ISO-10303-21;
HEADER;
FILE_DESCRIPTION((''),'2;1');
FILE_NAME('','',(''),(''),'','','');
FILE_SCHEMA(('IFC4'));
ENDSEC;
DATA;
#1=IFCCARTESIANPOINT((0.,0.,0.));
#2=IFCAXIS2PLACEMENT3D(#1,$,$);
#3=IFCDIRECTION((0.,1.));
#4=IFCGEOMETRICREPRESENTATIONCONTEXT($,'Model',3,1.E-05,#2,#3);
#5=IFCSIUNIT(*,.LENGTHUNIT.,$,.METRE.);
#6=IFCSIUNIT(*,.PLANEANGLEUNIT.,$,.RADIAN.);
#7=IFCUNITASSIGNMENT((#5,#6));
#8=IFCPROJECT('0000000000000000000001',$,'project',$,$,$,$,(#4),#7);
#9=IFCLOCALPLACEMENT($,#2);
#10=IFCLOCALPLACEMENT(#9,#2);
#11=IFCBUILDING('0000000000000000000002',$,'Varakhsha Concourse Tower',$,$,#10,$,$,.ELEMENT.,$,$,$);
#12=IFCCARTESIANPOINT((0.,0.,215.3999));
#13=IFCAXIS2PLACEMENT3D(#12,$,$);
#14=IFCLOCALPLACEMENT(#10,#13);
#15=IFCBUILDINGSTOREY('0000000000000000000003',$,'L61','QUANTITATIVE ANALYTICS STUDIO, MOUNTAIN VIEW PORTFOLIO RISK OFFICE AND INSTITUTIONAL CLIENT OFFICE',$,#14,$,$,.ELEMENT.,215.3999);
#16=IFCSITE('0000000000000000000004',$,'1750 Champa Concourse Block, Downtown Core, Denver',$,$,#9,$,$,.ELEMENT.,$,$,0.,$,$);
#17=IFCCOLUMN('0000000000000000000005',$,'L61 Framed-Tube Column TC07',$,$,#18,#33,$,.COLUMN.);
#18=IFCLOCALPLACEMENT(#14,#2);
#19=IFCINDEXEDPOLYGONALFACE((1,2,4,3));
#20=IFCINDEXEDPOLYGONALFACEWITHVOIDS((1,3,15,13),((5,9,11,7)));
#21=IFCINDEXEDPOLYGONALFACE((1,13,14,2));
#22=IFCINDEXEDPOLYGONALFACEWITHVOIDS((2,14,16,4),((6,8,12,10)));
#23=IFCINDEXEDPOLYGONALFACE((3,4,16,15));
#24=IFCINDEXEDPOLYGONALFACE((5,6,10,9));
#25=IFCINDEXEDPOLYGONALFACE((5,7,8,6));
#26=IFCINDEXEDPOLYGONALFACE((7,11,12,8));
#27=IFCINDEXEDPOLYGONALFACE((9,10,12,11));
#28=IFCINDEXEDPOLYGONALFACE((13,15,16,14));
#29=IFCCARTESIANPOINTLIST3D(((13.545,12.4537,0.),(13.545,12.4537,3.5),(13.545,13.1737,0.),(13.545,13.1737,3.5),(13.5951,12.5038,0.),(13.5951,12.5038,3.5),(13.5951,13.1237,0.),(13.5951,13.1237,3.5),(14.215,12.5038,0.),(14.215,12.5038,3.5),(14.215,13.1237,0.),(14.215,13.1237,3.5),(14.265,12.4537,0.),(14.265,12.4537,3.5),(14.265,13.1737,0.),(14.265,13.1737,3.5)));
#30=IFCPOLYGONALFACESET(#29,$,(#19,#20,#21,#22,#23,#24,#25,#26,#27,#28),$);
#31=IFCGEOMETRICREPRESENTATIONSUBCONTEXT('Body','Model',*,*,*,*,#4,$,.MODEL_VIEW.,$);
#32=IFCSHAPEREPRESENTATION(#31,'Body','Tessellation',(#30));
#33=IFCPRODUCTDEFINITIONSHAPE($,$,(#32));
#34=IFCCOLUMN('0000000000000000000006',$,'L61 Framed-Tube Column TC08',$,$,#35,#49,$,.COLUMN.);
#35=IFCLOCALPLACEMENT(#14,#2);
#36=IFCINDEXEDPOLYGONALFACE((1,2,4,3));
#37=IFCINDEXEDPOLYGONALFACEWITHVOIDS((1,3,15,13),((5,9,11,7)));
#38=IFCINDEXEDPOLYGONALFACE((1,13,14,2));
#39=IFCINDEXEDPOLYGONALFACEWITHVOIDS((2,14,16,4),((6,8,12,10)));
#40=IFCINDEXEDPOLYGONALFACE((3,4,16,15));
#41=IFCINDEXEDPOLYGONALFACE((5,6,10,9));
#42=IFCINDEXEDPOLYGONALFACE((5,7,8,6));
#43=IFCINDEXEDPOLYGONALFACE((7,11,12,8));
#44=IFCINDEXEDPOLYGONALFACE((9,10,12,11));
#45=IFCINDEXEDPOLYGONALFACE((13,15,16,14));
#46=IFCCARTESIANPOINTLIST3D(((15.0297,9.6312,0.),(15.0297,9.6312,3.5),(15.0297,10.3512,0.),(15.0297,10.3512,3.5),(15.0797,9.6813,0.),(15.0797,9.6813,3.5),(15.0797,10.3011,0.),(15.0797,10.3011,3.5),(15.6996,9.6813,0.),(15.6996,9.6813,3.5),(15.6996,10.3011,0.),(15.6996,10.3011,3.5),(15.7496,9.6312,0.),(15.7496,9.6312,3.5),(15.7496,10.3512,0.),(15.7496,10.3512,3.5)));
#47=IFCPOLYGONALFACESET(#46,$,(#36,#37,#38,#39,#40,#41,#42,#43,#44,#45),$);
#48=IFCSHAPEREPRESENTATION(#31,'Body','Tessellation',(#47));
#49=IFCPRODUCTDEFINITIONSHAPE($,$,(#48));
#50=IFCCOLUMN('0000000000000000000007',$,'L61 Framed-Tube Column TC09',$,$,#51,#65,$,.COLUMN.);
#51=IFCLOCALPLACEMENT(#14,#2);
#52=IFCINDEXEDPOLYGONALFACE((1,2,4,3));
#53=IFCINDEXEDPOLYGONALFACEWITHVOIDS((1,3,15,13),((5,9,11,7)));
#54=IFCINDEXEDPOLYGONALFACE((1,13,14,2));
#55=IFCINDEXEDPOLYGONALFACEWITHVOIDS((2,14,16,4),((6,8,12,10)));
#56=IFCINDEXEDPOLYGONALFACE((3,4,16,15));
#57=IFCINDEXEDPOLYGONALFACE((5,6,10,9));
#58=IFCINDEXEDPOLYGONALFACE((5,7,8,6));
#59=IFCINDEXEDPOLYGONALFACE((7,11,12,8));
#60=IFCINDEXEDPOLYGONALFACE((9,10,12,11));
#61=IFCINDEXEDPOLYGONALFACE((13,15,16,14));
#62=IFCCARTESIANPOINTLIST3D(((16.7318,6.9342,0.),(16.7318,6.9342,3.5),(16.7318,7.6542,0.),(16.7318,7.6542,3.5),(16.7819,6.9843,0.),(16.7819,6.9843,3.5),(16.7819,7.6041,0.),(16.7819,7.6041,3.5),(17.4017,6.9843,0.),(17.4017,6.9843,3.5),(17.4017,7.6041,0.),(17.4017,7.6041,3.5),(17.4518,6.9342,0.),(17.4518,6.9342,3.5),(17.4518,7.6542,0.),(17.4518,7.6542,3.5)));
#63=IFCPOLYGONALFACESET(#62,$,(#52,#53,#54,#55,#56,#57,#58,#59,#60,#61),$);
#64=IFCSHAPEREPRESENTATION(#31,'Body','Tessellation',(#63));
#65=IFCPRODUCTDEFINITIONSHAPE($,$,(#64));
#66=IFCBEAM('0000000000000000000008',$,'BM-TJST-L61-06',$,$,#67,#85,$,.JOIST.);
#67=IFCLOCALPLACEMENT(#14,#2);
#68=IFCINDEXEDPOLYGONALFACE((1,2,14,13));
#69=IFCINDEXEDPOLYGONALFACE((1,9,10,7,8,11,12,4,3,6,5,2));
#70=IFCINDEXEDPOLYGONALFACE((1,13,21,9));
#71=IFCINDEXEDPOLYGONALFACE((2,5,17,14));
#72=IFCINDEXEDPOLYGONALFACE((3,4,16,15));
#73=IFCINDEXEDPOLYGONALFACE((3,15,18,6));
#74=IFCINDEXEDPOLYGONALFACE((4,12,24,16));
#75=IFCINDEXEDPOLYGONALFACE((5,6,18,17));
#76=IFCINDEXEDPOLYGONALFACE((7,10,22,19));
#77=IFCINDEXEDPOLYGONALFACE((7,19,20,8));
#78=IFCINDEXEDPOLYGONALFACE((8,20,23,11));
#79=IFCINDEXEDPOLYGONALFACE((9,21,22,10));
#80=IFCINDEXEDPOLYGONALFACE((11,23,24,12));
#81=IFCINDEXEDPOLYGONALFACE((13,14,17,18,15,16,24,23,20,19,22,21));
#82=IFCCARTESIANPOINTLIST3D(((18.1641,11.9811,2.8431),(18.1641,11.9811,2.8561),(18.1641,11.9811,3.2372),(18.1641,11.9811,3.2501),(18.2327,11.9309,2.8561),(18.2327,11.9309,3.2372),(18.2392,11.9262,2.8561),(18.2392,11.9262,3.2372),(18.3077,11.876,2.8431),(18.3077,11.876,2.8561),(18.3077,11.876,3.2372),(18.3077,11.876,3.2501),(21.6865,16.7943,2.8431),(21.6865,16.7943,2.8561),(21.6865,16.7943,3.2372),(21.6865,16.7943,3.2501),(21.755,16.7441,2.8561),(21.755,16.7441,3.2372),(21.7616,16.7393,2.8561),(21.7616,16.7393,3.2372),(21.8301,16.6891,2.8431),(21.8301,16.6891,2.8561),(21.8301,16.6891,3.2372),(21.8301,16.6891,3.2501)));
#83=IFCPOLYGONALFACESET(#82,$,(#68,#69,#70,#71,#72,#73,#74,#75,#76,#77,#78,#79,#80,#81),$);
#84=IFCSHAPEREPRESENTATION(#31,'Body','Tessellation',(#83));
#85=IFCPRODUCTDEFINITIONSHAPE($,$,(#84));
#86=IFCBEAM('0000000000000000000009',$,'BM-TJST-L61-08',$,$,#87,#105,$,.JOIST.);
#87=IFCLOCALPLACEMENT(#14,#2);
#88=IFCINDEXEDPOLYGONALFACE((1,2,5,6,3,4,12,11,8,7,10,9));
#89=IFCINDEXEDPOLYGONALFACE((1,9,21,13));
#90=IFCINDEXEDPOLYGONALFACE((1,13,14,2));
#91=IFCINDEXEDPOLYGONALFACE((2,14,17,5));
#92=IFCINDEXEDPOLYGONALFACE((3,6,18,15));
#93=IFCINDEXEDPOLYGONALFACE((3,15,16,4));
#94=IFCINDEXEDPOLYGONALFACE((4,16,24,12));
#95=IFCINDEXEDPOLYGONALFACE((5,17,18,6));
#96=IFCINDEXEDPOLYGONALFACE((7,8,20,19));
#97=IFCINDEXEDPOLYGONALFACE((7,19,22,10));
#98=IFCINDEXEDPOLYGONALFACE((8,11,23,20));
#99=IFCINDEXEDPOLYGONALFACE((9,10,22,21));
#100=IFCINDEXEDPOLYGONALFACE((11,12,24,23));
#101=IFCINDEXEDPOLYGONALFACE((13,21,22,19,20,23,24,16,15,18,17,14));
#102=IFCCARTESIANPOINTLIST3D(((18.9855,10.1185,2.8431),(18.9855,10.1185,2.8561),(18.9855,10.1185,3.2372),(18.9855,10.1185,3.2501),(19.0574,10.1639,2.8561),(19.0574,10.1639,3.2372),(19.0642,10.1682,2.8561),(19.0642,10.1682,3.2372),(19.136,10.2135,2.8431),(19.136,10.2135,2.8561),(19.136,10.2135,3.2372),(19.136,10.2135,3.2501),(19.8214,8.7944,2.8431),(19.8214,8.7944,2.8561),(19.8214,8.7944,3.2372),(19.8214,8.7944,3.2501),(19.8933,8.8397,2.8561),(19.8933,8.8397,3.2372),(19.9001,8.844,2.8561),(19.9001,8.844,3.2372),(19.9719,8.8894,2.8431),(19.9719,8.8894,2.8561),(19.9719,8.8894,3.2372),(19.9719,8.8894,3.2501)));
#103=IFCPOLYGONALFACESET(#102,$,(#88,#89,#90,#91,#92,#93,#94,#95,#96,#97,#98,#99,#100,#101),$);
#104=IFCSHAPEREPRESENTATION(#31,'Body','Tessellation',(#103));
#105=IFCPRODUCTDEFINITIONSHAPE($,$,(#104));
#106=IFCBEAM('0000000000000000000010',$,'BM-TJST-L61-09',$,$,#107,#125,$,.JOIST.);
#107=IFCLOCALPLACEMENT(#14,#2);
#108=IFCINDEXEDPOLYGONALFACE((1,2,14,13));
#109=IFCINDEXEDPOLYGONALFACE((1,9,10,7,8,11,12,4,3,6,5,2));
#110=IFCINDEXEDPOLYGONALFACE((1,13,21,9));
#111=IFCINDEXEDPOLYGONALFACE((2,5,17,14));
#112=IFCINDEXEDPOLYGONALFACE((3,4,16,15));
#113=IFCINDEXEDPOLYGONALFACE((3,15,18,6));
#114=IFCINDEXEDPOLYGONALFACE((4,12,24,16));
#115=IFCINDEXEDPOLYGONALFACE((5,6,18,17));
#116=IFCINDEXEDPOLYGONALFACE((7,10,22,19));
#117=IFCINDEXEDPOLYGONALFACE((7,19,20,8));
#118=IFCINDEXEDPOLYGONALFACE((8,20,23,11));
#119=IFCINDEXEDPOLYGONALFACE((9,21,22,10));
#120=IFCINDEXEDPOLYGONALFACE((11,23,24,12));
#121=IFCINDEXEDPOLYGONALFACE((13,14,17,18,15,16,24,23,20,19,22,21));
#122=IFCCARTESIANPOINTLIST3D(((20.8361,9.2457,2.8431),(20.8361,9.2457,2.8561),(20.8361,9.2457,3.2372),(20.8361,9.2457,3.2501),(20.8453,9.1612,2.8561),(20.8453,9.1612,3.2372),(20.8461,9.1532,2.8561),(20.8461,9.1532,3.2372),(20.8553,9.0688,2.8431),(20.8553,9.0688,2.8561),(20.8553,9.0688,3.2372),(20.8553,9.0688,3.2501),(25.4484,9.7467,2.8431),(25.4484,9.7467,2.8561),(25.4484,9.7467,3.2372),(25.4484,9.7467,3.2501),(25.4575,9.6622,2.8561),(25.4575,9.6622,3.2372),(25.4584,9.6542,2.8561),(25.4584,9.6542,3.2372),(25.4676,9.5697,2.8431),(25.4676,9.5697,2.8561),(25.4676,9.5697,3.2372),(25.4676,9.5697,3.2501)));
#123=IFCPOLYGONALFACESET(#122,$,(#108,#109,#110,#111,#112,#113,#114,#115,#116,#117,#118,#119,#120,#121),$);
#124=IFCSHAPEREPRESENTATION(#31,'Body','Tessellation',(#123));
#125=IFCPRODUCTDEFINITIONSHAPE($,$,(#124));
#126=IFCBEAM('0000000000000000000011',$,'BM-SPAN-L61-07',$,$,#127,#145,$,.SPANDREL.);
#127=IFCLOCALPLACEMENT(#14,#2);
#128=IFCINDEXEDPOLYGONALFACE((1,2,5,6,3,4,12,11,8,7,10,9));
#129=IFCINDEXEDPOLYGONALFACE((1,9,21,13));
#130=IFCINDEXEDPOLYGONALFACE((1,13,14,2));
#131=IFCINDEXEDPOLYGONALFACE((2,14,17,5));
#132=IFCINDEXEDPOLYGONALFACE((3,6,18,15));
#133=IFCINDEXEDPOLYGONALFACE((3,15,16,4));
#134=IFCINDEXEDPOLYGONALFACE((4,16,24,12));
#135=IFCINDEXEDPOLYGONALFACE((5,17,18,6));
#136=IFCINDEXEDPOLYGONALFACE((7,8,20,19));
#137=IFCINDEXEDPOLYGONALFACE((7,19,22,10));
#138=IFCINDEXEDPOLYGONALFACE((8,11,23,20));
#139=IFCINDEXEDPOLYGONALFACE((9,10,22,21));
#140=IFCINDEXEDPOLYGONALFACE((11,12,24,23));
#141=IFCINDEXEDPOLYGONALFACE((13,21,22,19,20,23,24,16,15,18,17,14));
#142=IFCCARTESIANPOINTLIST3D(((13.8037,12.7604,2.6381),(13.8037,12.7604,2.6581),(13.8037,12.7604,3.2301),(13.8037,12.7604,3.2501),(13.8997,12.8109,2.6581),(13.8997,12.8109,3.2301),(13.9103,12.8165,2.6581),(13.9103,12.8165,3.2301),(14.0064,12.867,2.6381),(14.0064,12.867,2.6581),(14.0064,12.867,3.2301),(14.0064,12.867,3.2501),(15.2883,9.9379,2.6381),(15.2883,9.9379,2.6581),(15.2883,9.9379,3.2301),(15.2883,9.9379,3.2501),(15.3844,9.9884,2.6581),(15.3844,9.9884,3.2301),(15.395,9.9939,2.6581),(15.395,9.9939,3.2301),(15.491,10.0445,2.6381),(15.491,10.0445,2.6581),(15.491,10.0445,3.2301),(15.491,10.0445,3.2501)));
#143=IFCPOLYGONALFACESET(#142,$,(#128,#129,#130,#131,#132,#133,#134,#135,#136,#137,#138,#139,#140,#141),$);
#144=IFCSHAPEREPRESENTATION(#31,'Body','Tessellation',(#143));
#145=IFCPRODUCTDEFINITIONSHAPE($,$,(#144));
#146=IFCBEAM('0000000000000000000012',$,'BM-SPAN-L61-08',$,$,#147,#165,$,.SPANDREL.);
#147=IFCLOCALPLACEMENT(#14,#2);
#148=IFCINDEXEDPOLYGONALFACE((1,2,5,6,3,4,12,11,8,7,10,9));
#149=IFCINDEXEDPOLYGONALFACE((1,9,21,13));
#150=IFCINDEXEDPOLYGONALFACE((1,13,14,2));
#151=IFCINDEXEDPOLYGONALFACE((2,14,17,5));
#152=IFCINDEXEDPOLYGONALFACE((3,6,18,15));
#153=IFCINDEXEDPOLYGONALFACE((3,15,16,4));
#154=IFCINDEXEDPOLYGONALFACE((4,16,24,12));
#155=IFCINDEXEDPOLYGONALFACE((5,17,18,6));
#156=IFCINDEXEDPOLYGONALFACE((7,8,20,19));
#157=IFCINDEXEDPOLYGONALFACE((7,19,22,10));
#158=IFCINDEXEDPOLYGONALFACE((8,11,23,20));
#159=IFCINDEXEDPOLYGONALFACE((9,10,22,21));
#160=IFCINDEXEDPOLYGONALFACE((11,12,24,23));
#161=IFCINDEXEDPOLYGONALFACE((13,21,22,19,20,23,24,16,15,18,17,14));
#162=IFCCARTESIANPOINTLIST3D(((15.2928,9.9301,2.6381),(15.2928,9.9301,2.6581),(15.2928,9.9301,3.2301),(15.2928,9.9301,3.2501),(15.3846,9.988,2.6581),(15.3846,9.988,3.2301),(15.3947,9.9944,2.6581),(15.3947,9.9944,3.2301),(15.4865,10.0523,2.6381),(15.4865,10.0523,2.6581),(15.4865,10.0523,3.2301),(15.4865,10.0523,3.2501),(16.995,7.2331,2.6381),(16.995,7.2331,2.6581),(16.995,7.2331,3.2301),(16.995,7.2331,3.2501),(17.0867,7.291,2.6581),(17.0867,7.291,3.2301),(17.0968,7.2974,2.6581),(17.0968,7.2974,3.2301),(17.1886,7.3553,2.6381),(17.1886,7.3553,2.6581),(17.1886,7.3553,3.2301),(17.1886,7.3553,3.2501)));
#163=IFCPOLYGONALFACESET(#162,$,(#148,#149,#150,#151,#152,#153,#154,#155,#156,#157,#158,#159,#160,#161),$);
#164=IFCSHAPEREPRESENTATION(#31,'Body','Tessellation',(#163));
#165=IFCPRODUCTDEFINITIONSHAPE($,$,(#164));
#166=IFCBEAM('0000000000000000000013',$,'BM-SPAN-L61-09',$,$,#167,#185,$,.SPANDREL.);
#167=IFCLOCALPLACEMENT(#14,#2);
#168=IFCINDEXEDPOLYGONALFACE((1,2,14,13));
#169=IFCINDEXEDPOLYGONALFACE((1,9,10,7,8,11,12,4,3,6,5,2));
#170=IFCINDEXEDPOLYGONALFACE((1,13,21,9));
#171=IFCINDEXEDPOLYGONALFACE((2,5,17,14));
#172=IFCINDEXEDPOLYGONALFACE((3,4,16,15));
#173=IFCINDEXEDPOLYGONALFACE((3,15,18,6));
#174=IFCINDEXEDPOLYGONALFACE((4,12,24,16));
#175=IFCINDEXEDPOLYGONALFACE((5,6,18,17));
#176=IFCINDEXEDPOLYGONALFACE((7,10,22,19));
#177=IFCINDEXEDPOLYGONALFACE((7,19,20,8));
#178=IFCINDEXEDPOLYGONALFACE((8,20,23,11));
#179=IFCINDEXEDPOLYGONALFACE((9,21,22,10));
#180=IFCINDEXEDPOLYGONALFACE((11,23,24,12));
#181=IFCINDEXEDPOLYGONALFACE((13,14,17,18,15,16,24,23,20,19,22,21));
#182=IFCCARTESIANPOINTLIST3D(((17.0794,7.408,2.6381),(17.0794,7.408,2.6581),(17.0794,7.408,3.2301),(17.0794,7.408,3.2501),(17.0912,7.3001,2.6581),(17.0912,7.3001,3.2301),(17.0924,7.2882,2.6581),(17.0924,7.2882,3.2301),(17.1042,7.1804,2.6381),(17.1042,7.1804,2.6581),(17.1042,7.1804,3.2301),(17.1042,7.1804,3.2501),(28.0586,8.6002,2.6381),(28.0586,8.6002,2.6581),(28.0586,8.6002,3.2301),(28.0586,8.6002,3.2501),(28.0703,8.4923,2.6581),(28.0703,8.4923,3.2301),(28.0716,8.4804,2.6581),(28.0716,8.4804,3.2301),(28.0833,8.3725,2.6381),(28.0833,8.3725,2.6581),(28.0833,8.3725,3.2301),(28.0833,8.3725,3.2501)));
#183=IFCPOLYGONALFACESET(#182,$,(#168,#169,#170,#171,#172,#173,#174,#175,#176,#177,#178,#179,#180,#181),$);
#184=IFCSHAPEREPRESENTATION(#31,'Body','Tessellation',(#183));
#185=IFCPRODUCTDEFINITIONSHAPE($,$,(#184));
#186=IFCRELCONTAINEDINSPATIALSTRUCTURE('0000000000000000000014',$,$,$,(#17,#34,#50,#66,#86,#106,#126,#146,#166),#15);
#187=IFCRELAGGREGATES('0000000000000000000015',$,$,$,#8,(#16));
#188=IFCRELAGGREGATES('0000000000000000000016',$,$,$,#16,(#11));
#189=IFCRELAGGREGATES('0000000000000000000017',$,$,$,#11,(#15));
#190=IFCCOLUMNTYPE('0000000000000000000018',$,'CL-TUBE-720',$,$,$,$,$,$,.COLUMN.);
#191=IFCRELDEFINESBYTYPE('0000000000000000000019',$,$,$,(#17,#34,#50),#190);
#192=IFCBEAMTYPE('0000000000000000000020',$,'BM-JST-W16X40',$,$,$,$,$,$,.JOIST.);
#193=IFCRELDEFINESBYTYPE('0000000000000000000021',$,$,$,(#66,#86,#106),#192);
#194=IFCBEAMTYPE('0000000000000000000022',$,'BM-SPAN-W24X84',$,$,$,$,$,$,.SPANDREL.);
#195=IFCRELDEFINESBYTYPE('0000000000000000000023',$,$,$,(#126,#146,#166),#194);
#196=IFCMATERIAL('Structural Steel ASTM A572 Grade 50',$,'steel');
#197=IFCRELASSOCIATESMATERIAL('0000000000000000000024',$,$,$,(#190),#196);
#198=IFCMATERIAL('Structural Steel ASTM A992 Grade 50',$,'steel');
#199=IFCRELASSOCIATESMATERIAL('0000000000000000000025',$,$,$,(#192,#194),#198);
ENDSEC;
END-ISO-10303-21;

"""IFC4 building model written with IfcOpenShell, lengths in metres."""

from ifc_helpers import new_model, si_unit, direction, frame, origin, origin_2d, place, context, subcontext, project, spatial, hollow_rectangle, i_section, extrude, material, material_profile, profile_set, type_object, element, save


model = new_model("IFC4")

# Units and contexts
model_context = context("Model", 3, precision=1e-05, world=origin(), true_north=direction((0.0, 1.0)))
body_context = subcontext(model_context, "Body", "Model", "MODEL_VIEW")
ifc_project = project(units=[si_unit("LENGTHUNIT", "METRE"), si_unit("PLANEANGLEUNIT", "RADIAN")], contexts=[model_context])

# Site, building, storey
site_placement = place(None, origin())
site = spatial("IfcSite", under=ifc_project, at=site_placement, Name="1750 Champa Concourse Block, Downtown Core, Denver", CompositionType="ELEMENT", RefElevation=0.0)
building_placement = place(site_placement, origin())
building = spatial("IfcBuilding", under=site, at=building_placement, Name="Varakhsha Concourse Tower", CompositionType="ELEMENT")
storey_placement = place(building_placement, frame((0.0, 0.0, 215.3999)))
storey = spatial("IfcBuildingStorey", under=building, at=storey_placement, Name="L61", Description="QUANTITATIVE ANALYTICS STUDIO, MOUNTAIN VIEW PORTFOLIO RISK OFFICE AND INSTITUTIONAL CLIENT OFFICE", CompositionType="ELEMENT", Elevation=215.3999)

# Columns
ifc_material_1 = material(Name="Structural Steel ASTM A572 Grade 50", Category="steel")
ifc_material_profile_1 = material_profile(ifc_material_1, hollow_rectangle(XDim=0.72, YDim=0.72, WallThickness=0.05, at=origin_2d()), Name="BOX 720x720x50")
ifc_profile_set_1 = profile_set([ifc_material_profile_1], Name="Structural Steel ASTM A572 Grade 50")
column_type = type_object("IfcColumnType", Name="CL-TUBE-720", PredefinedType="COLUMN", material=ifc_profile_set_1)
for number, where, z_axis, x_axis, name in (
    (1, (13.905, 12.8137, 0.0), (0.0, 0.0, 1.0), (1.0, 0.0, 0.0), "L61 Framed-Tube Column TC07"),
    (2, (15.3896, 9.9912, 0.0), (0.0, 0.0, 1.0), (1.0, 0.0, 0.0), "L61 Framed-Tube Column TC08"),
    (3, (17.0918, 7.2942, 0.0), (0.0, 0.0, 1.0), (1.0, 0.0, 0.0), "L61 Framed-Tube Column TC09"),
):
    element("IfcColumn", number, at=place(storey_placement, frame(where, z_axis=z_axis, x_axis=x_axis)), inside=storey, type_object=column_type, Name=name, PredefinedType="COLUMN", context=body_context, shape_type="SweptSolid", body=[
        extrude(hollow_rectangle(XDim=0.72, YDim=0.72, WallThickness=0.05, at=origin_2d()), origin(), (0.0, 0.0, 1.0), 3.5),
    ])

# Beams
ifc_material_2 = material(Name="Structural Steel ASTM A992 Grade 50", Category="steel")
ifc_material_profile_2 = material_profile(ifc_material_2, i_section(OverallWidth=0.178, OverallDepth=0.407, WebThickness=0.0081, FlangeThickness=0.0129, at=origin_2d()), Name="W16X40")
ifc_profile_set_2 = profile_set([ifc_material_profile_2], Name="Structural Steel ASTM A992 Grade 50")
beam_type_1 = type_object("IfcBeamType", Name="BM-JST-W16X40", PredefinedType="JOIST", material=ifc_profile_set_2)
beam_1_placement = place(storey_placement, frame((21.7583, 16.7417, 3.0466), z_axis=(-0.590574, -0.806984, 0.0), x_axis=(0.806984, -0.590574, 0.0)))
element("IfcBeam", 4, at=beam_1_placement, inside=storey, type_object=beam_type_1, Name="BM-TJST-L61-06", PredefinedType="JOIST", context=body_context, shape_type="SweptSolid", body=[
    extrude(i_section(OverallWidth=0.178, OverallDepth=0.407, WebThickness=0.0081, FlangeThickness=0.0129, at=origin_2d()), origin(), (0.0, 0.0, 1.0), 5.9644),
])
beam_2_placement = place(storey_placement, frame((19.0608, 10.166, 3.0466), z_axis=(0.533805, -0.845607, 0.0), x_axis=(0.845607, 0.533805, 0.0)))
element("IfcBeam", 5, at=beam_2_placement, inside=storey, type_object=beam_type_1, Name="BM-TJST-L61-08", PredefinedType="JOIST", context=body_context, shape_type="SweptSolid", body=[
    extrude(i_section(OverallWidth=0.178, OverallDepth=0.407, WebThickness=0.0081, FlangeThickness=0.0129, at=origin_2d()), origin(), (0.0, 0.0, 1.0), 1.5659),
])
beam_3_placement = place(storey_placement, frame((20.8457, 9.1572, 3.0466), z_axis=(0.994153, 0.107982, 0.0), x_axis=(-0.107982, 0.994153, 0.0)))
element("IfcBeam", 6, at=beam_3_placement, inside=storey, type_object=beam_type_1, Name="BM-TJST-L61-09", PredefinedType="JOIST", context=body_context, shape_type="SweptSolid", body=[
    extrude(i_section(OverallWidth=0.178, OverallDepth=0.407, WebThickness=0.0081, FlangeThickness=0.0129, at=origin_2d()), origin(), (0.0, 0.0, 1.0), 4.6394),
])
ifc_material_profile_3 = material_profile(ifc_material_2, i_section(OverallWidth=0.229, OverallDepth=0.6121, WebThickness=0.012, FlangeThickness=0.02, at=origin_2d()), Name="W24X84")
ifc_profile_set_3 = profile_set([ifc_material_profile_3], Name="Structural Steel ASTM A992 Grade 50")
beam_type_2 = type_object("IfcBeamType", Name="BM-SPAN-W24X84", PredefinedType="SPANDREL", material=ifc_profile_set_3)
for number, where, z_axis, x_axis, name in (
    (7, (13.905, 12.8137, 2.9441), (0.465522, -0.885036, 0.0), (0.885036, 0.465522, 0.0), "BM-SPAN-L61-07"),
    (8, (15.3896, 9.9912, 2.9441), (0.533716, -0.845663, 0.0), (0.845663, 0.533716, 0.0), "BM-SPAN-L61-08"),
):
    element("IfcBeam", number, at=place(storey_placement, frame(where, z_axis=z_axis, x_axis=x_axis)), inside=storey, type_object=beam_type_2, Name=name, PredefinedType="SPANDREL", context=body_context, shape_type="SweptSolid", body=[
        extrude(i_section(OverallWidth=0.229, OverallDepth=0.6121, WebThickness=0.012, FlangeThickness=0.02, at=origin_2d()), origin(), (0.0, 0.0, 1.0), 3.1892),
    ])
beam_4_placement = place(storey_placement, frame((17.0918, 7.2942, 2.9441), z_axis=(0.994157, 0.107947, 0.0), x_axis=(-0.107947, 0.994157, 0.0)))
element("IfcBeam", 9, at=beam_4_placement, inside=storey, type_object=beam_type_2, Name="BM-SPAN-L61-09", PredefinedType="SPANDREL", context=body_context, shape_type="SweptSolid", body=[
    extrude(i_section(OverallWidth=0.229, OverallDepth=0.6121, WebThickness=0.012, FlangeThickness=0.02, at=origin_2d()), origin(), (0.0, 0.0, 1.0), 11.0437),
])

save(model, "model.ifc")
